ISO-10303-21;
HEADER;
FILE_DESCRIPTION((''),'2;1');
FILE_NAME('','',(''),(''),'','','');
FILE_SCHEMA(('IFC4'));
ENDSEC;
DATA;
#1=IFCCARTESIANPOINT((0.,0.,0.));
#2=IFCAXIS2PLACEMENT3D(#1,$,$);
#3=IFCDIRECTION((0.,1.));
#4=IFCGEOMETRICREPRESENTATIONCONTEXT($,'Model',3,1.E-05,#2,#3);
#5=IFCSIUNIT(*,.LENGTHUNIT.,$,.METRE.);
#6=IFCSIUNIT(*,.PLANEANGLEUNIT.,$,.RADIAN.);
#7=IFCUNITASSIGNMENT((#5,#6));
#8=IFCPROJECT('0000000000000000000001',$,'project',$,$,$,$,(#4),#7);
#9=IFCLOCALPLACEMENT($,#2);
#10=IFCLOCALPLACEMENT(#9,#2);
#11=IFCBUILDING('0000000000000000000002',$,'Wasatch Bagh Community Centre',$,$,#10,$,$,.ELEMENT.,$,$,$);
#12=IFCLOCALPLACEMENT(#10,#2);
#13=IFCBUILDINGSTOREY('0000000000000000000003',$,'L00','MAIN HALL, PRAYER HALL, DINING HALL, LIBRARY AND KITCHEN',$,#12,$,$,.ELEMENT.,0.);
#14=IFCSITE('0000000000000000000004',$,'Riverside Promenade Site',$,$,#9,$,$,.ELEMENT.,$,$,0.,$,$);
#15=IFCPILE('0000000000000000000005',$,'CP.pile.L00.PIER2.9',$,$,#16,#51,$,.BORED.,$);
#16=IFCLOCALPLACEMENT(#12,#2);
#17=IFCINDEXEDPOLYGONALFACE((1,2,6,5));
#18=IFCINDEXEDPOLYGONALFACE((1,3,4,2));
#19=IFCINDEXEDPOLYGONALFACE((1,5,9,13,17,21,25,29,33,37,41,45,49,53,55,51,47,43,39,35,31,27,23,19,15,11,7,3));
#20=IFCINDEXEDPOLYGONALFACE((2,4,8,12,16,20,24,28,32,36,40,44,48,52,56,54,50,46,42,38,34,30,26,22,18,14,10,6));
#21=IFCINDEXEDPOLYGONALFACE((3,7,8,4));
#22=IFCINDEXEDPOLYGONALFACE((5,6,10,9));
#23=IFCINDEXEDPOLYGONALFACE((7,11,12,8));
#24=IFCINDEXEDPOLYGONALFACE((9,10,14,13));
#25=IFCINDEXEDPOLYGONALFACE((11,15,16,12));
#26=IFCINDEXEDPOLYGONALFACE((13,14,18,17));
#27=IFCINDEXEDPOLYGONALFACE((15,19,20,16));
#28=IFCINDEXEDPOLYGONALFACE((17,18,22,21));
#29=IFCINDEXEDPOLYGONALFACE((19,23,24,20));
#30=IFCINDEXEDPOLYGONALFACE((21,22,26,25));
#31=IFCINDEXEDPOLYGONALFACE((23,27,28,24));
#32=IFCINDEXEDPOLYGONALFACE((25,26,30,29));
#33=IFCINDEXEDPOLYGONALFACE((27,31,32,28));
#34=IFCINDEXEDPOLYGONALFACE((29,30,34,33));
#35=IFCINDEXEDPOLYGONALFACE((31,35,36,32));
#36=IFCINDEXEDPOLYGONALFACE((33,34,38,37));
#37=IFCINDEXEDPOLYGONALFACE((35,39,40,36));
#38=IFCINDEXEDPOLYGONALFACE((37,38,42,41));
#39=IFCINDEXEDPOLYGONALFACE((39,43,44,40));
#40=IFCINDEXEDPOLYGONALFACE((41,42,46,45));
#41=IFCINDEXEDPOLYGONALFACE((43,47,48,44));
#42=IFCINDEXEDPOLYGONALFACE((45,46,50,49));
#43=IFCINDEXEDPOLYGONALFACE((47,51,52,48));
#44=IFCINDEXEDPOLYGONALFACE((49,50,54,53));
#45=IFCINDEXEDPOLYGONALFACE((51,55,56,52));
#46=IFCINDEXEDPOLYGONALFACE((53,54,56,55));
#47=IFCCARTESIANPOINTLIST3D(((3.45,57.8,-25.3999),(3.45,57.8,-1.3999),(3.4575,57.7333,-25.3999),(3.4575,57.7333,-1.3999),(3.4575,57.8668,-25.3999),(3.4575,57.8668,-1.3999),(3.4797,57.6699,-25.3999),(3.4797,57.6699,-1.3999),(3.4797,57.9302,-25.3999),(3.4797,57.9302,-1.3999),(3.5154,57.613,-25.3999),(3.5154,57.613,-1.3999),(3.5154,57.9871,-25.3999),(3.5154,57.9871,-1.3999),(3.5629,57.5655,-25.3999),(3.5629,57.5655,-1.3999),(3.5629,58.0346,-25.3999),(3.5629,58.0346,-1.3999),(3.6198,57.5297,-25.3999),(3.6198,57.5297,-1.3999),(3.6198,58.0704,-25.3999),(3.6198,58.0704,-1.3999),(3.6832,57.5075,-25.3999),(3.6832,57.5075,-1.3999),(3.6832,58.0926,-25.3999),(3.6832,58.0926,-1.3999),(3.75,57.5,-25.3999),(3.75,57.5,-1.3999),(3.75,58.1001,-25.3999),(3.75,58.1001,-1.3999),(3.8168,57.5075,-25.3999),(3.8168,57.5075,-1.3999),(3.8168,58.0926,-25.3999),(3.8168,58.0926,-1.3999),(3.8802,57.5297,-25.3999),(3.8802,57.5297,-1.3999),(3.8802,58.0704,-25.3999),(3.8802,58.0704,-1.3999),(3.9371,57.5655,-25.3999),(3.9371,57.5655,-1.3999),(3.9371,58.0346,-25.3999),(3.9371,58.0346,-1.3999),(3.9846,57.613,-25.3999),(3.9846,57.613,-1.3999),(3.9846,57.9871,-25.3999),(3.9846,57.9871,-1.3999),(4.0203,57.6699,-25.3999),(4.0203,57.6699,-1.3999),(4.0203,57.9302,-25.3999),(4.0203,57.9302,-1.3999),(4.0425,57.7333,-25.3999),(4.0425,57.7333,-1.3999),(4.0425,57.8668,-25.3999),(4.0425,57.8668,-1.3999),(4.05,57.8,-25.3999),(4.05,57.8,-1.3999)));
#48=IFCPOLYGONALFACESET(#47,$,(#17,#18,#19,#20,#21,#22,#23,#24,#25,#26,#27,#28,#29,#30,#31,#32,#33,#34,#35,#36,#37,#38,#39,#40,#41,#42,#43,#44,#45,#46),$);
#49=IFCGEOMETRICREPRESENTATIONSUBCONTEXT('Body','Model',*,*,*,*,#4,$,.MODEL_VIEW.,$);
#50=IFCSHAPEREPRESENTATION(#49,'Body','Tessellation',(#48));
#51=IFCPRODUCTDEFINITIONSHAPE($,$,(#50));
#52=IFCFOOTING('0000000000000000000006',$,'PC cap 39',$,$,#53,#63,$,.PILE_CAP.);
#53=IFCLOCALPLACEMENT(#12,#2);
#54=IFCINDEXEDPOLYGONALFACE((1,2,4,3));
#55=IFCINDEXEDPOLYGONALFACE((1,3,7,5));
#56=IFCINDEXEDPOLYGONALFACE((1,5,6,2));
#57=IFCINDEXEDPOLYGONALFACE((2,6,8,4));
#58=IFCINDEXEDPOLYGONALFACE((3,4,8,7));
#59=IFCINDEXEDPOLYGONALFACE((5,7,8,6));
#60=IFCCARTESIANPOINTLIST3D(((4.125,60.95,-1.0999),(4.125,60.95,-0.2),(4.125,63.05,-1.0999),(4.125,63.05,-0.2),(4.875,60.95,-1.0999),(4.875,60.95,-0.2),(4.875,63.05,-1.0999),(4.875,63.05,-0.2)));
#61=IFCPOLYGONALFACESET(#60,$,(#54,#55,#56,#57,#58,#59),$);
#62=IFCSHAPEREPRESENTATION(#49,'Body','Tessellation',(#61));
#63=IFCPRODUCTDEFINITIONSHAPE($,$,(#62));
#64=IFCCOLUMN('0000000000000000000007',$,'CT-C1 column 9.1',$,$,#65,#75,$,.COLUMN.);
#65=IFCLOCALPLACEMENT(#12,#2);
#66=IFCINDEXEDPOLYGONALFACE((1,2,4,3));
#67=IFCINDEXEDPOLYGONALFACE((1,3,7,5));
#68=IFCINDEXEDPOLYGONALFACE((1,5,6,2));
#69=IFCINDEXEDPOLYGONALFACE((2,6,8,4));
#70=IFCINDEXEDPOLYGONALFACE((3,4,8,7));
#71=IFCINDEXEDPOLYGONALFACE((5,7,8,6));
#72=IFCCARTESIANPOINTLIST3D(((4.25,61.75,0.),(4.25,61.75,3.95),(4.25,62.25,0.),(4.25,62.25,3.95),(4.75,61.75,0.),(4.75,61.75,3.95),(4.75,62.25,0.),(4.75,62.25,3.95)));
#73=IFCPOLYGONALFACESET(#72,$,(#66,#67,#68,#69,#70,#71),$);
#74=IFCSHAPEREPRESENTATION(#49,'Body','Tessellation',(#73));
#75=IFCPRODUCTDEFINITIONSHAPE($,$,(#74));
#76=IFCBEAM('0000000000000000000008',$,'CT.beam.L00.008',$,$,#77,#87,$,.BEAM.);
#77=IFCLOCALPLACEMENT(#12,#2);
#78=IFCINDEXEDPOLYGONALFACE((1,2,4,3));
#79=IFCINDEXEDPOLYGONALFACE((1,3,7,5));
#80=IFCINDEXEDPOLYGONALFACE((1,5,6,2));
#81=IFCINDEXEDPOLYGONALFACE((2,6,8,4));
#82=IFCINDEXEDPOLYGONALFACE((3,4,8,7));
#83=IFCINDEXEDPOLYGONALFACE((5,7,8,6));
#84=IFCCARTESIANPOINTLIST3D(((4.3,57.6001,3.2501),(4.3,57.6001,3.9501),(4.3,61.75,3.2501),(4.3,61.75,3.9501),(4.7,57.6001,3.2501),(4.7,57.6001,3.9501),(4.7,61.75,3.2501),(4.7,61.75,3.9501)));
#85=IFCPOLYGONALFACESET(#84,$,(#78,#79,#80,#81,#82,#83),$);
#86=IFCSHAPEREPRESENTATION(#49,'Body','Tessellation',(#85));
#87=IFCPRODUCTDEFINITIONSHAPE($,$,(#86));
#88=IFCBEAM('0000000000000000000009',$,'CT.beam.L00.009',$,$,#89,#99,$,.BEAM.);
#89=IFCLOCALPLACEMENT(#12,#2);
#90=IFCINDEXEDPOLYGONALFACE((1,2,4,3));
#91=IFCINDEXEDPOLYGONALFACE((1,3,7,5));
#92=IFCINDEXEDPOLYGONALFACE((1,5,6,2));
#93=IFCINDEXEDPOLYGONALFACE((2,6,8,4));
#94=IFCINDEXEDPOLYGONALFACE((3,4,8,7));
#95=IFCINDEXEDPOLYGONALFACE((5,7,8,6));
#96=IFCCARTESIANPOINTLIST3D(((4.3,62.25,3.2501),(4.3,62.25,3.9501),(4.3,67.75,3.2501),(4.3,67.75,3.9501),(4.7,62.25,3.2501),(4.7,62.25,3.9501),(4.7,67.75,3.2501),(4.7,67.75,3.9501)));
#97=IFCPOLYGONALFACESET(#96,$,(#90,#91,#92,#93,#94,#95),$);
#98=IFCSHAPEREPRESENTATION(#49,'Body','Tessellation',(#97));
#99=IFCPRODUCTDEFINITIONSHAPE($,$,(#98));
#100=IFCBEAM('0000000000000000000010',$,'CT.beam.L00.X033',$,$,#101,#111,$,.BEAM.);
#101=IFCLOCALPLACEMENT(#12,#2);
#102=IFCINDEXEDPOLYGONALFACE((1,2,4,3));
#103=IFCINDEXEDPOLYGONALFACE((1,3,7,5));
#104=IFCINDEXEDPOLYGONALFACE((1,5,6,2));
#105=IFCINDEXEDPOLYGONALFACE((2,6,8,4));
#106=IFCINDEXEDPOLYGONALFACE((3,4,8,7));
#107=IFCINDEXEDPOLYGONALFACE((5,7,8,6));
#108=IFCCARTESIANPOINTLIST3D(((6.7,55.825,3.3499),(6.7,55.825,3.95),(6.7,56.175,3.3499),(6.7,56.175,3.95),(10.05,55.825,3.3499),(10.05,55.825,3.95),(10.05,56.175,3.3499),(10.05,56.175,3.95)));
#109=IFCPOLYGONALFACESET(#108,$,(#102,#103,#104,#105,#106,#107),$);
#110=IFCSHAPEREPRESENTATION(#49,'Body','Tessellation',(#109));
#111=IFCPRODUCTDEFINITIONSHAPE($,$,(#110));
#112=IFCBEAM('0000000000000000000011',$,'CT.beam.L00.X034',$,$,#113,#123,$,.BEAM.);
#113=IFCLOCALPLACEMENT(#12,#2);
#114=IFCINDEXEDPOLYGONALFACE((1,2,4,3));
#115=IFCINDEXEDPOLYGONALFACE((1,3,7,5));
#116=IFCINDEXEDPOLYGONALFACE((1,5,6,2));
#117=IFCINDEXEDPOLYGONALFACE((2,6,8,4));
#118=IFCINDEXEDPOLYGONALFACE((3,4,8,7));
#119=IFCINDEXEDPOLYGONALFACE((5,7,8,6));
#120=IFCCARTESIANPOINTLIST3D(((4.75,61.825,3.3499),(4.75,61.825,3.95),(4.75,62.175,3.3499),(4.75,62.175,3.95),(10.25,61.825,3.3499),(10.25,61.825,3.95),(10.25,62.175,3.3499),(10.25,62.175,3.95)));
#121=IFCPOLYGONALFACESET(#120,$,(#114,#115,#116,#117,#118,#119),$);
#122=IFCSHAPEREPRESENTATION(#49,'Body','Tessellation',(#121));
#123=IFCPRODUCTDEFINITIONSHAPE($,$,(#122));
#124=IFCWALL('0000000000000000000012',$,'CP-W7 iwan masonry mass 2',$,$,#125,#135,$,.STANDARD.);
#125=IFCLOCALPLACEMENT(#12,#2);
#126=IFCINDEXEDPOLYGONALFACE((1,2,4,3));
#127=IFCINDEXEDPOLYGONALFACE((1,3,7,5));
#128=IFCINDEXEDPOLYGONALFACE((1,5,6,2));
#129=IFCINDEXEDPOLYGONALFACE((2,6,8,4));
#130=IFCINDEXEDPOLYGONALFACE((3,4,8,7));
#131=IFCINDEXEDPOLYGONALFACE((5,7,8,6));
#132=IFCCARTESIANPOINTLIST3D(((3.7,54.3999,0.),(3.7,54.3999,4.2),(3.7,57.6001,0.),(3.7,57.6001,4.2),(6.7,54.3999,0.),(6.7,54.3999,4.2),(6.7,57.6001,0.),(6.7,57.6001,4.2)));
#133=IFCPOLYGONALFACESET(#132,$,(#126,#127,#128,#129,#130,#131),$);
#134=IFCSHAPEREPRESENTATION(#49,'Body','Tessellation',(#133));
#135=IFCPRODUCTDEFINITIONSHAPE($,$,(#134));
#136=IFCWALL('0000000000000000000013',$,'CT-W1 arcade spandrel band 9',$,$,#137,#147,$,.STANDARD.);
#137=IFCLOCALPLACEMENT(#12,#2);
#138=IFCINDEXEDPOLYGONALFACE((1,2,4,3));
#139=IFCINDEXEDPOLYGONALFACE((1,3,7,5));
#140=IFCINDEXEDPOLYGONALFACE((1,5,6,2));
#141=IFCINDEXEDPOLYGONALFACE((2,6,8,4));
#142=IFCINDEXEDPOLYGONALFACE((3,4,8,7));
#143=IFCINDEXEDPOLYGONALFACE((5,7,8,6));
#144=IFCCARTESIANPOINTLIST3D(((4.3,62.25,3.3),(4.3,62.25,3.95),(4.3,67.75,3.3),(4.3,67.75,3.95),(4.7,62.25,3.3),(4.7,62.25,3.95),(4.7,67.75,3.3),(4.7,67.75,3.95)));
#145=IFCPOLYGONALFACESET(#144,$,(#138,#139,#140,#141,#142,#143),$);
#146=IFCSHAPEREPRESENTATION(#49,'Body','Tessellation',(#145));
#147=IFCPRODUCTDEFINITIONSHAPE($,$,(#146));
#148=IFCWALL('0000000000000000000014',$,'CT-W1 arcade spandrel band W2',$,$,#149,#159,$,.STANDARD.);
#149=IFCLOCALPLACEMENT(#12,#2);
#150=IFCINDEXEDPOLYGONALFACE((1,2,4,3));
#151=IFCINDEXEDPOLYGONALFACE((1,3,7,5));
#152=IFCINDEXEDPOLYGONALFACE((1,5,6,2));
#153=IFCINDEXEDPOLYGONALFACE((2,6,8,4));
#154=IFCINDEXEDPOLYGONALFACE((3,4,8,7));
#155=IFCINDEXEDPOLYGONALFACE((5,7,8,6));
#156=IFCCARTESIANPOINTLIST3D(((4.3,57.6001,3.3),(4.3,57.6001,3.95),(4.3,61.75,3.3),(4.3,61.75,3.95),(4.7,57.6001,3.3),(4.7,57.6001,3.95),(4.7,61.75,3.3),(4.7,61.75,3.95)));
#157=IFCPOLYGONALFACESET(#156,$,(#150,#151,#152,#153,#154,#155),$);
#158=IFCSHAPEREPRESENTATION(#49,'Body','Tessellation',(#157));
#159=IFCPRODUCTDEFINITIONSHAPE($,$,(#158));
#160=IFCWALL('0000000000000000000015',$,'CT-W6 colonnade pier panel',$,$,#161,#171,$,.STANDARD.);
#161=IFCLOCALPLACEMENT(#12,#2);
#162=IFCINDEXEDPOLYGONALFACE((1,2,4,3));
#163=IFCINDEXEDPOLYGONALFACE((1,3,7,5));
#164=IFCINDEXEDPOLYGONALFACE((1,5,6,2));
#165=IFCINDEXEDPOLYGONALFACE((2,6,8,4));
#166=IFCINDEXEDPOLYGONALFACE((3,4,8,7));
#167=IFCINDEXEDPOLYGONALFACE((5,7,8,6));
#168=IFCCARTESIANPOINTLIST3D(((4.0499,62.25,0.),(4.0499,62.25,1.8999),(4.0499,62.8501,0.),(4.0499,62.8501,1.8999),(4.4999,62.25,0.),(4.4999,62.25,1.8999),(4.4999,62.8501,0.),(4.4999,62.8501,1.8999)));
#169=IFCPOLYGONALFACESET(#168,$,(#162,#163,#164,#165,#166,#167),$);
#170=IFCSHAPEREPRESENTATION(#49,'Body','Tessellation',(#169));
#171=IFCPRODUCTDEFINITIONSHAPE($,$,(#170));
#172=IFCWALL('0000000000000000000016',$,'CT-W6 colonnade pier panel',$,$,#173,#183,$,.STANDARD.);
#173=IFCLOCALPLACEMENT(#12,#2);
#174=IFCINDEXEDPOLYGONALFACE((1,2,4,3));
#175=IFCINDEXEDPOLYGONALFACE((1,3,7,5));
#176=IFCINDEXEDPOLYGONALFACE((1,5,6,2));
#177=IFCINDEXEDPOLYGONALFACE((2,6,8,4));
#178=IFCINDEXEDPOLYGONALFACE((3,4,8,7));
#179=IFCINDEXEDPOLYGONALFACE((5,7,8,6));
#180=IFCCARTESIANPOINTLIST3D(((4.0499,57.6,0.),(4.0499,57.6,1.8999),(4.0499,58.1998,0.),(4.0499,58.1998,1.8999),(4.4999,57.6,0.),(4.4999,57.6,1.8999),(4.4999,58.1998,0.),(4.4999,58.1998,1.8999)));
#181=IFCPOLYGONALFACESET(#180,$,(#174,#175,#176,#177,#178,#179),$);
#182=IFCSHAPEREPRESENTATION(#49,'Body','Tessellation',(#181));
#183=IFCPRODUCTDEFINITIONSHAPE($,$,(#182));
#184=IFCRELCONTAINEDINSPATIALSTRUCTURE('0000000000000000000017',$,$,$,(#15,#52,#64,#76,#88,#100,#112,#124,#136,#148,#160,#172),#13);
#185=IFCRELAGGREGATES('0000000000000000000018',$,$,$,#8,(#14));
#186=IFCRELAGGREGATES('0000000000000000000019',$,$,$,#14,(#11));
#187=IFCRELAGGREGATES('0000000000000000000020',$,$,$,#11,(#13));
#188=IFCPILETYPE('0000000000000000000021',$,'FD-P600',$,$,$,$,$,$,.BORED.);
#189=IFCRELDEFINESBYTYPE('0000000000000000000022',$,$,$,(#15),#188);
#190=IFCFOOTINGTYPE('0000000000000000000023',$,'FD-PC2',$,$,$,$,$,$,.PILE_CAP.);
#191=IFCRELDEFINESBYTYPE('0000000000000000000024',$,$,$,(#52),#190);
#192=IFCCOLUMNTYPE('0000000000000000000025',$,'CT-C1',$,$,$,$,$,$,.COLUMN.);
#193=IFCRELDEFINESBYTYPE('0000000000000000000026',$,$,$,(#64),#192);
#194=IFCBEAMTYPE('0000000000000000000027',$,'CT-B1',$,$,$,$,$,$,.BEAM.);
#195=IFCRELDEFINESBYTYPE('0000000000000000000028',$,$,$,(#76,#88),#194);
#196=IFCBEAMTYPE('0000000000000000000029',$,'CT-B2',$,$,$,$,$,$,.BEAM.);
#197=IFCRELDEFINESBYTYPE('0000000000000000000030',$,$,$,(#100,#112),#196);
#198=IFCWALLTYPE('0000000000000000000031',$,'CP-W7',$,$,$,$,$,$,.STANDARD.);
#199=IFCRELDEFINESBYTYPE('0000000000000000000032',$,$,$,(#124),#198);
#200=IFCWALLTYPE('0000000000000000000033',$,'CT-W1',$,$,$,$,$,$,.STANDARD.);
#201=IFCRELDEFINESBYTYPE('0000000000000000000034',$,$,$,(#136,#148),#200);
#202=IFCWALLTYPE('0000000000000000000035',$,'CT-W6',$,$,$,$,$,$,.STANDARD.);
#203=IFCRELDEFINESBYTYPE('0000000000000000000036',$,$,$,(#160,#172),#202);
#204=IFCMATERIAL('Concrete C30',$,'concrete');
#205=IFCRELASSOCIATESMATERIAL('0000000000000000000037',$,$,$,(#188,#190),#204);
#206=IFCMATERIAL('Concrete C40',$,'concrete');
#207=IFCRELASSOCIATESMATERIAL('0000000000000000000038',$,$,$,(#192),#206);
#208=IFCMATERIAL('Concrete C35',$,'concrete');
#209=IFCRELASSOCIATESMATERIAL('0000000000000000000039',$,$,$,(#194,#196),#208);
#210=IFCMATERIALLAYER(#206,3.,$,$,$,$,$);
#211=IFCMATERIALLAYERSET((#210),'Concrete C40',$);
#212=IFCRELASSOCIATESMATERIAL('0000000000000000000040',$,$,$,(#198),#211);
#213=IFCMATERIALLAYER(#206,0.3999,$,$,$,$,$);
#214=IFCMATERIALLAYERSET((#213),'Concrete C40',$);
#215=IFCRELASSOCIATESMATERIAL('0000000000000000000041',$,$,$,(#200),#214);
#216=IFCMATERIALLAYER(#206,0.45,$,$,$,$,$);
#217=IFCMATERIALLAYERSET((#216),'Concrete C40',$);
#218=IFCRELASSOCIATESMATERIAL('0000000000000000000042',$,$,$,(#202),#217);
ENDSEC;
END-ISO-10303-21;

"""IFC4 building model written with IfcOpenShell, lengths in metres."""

from ifc_helpers import new_model, si_unit, direction, frame, frame_2d, origin, origin_2d, place, context, subcontext, project, spatial, rectangle, circle, extrude, material, layer, layer_set, material_profile, profile_set, type_object, element, save


model = new_model("IFC4")

# Units and contexts
model_context = context("Model", 3, precision=1e-05, world=origin(), true_north=direction((0.0, 1.0)))
body_context = subcontext(model_context, "Body", "Model", "MODEL_VIEW")
ifc_project = project(units=[si_unit("LENGTHUNIT", "METRE"), si_unit("PLANEANGLEUNIT", "RADIAN")], contexts=[model_context])

# Site, building, storey
site_placement = place(None, origin())
site = spatial("IfcSite", under=ifc_project, at=site_placement, Name="Riverside Promenade Site", CompositionType="ELEMENT", RefElevation=0.0)
building_placement = place(site_placement, origin())
building = spatial("IfcBuilding", under=site, at=building_placement, Name="Wasatch Bagh Community Centre", CompositionType="ELEMENT")
storey_placement = place(building_placement, origin())
storey = spatial("IfcBuildingStorey", under=building, at=storey_placement, Name="L00", Description="MAIN HALL, PRAYER HALL, DINING HALL, LIBRARY AND KITCHEN", CompositionType="ELEMENT", Elevation=0.0)

# Shared definitions
ifc_material_1 = material(Name="Concrete C30", Category="concrete")

# Pile
ifc_material_profile_1 = material_profile(ifc_material_1, circle(Radius=0.3, at=origin_2d()), Name="RC D600")
ifc_profile_set_1 = profile_set([ifc_material_profile_1], Name="Concrete C30")
pile_type_1 = type_object("IfcPileType", Name="FD-P600", PredefinedType="BORED", material=ifc_profile_set_1)
for number, where, z_axis, x_axis, name in (
    (1, (3.75, 57.8, -1.3999), (0.0, 0.0, -1.0), (1.0, 0.0, 0.0), "CP.pile.L00.PIER2.9"),
):
    element("IfcPile", number, at=place(storey_placement, frame(where, z_axis=z_axis, x_axis=x_axis)), inside=storey, type_object=pile_type_1, Name=name, PredefinedType="BORED", context=body_context, shape_type="SweptSolid", body=[
        extrude(circle(Radius=0.3, at=origin_2d()), origin(), (0.0, 0.0, 1.0), 24.0),
    ])

# Footing
footing_type_1 = type_object("IfcFootingType", Name="FD-PC2", PredefinedType="PILE_CAP", material=ifc_material_1)
footing_1_placement = place(storey_placement, frame((4.5, 62.0, -1.0999), z_axis=(0.0, 0.0, 1.0), x_axis=(0.0, 1.0, 0.0)))
element("IfcFooting", 2, at=footing_1_placement, inside=storey, type_object=footing_type_1, Name="PC cap 39", PredefinedType="PILE_CAP", context=body_context, shape_type="SweptSolid", body=[
    extrude(rectangle(XDim=2.1001, YDim=0.75, at=origin_2d()), origin(), (0.0, 0.0, 1.0), 0.8999),
])

# Column
ifc_material_2 = material(Name="Concrete C40", Category="concrete")
ifc_material_profile_2 = material_profile(ifc_material_2, rectangle(XDim=0.5, YDim=0.5, at=origin_2d()), Name="RC 500x500")
ifc_profile_set_2 = profile_set([ifc_material_profile_2], Name="Concrete C40")
column_type = type_object("IfcColumnType", Name="CT-C1", PredefinedType="COLUMN", material=ifc_profile_set_2)
column_placement = place(storey_placement, frame((4.5, 62.0, 0.0), z_axis=(0.0, 0.0, 1.0), x_axis=(1.0, 0.0, 0.0)))
element("IfcColumn", 3, at=column_placement, inside=storey, type_object=column_type, Name="CT-C1 column 9.1", PredefinedType="COLUMN", context=body_context, shape_type="SweptSolid", body=[
    extrude(rectangle(XDim=0.5, YDim=0.5, at=origin_2d()), origin(), (0.0, 0.0, 1.0), 3.95),
])

# Beams
ifc_material_3 = material(Name="Concrete C35", Category="concrete")
ifc_material_profile_3 = material_profile(ifc_material_3, rectangle(XDim=0.3999, YDim=0.7, at=origin_2d()), Name="RC 400x700")
ifc_profile_set_3 = profile_set([ifc_material_profile_3], Name="Concrete C35")
beam_type_1 = type_object("IfcBeamType", Name="CT-B1", PredefinedType="BEAM", material=ifc_profile_set_3)
beam_1_placement = place(storey_placement, frame((4.5, 57.6001, 3.6001), z_axis=(0.0, 1.0, 0.0), x_axis=(-1.0, 0.0, 0.0)))
element("IfcBeam", 4, at=beam_1_placement, inside=storey, type_object=beam_type_1, Name="CT.beam.L00.008", PredefinedType="BEAM", context=body_context, shape_type="SweptSolid", body=[
    extrude(rectangle(XDim=0.3999, YDim=0.7, at=origin_2d()), origin(), (0.0, 0.0, 1.0), 4.1499),
])
beam_2_placement = place(storey_placement, frame((4.5, 62.25, 3.6001), z_axis=(0.0, 1.0, 0.0), x_axis=(-1.0, 0.0, 0.0)))
element("IfcBeam", 5, at=beam_2_placement, inside=storey, type_object=beam_type_1, Name="CT.beam.L00.009", PredefinedType="BEAM", context=body_context, shape_type="SweptSolid", body=[
    extrude(rectangle(XDim=0.3999, YDim=0.7, at=origin_2d()), origin(), (0.0, 0.0, 1.0), 5.5),
])
ifc_material_profile_4 = material_profile(ifc_material_3, rectangle(XDim=0.3501, YDim=0.6001, at=origin_2d()), Name="RC 350x600")
ifc_profile_set_4 = profile_set([ifc_material_profile_4], Name="Concrete C35")
beam_type_2 = type_object("IfcBeamType", Name="CT-B2", PredefinedType="BEAM", material=ifc_profile_set_4)
beam_3_placement = place(storey_placement, frame((6.7, 56.0, 3.6499), z_axis=(1.0, 0.0, 0.0), x_axis=(0.0, 1.0, 0.0)))
element("IfcBeam", 6, at=beam_3_placement, inside=storey, type_object=beam_type_2, Name="CT.beam.L00.X033", PredefinedType="BEAM", context=body_context, shape_type="SweptSolid", body=[
    extrude(rectangle(XDim=0.3501, YDim=0.6001, at=origin_2d()), origin(), (0.0, 0.0, 1.0), 3.3501),
])
beam_4_placement = place(storey_placement, frame((4.75, 62.0, 3.6499), z_axis=(1.0, 0.0, 0.0), x_axis=(0.0, 1.0, 0.0)))
element("IfcBeam", 7, at=beam_4_placement, inside=storey, type_object=beam_type_2, Name="CT.beam.L00.X034", PredefinedType="BEAM", context=body_context, shape_type="SweptSolid", body=[
    extrude(rectangle(XDim=0.3501, YDim=0.6001, at=origin_2d()), origin(), (0.0, 0.0, 1.0), 5.5),
])

# Walls
ifc_layer_1 = layer(ifc_material_2, 3.0)
ifc_layer_set_1 = layer_set([ifc_layer_1], Name="Concrete C40")
wall_type_1 = type_object("IfcWallType", Name="CP-W7", PredefinedType="STANDARD", material=ifc_layer_set_1)
wall_1_placement = place(storey_placement, frame((5.2, 54.3999, 0.0), z_axis=(0.0, 0.0, 1.0), x_axis=(0.0, 1.0, 0.0)))
element("IfcWall", 8, at=wall_1_placement, inside=storey, type_object=wall_type_1, Name="CP-W7 iwan masonry mass 2", PredefinedType="STANDARD", context=body_context, shape_type="SweptSolid", body=[
    extrude(rectangle(XDim=3.2002, YDim=3.0, at=frame_2d((1.6001, 0.0))), origin(), (0.0, 0.0, 1.0), 4.2),
])
ifc_layer_2 = layer(ifc_material_2, 0.3999)
ifc_layer_set_2 = layer_set([ifc_layer_2], Name="Concrete C40")
wall_type_2 = type_object("IfcWallType", Name="CT-W1", PredefinedType="STANDARD", material=ifc_layer_set_2)
wall_2_placement = place(storey_placement, frame((4.5, 62.25, 3.3), z_axis=(0.0, 0.0, 1.0), x_axis=(0.0, 1.0, 0.0)))
element("IfcWall", 9, at=wall_2_placement, inside=storey, type_object=wall_type_2, Name="CT-W1 arcade spandrel band 9", PredefinedType="STANDARD", context=body_context, shape_type="SweptSolid", body=[
    extrude(rectangle(XDim=5.5, YDim=0.3999, at=frame_2d((2.75, 0.0))), origin(), (0.0, 0.0, 1.0), 0.6499),
])
wall_3_placement = place(storey_placement, frame((4.5, 57.6001, 3.3), z_axis=(0.0, 0.0, 1.0), x_axis=(0.0, 1.0, 0.0)))
element("IfcWall", 10, at=wall_3_placement, inside=storey, type_object=wall_type_2, Name="CT-W1 arcade spandrel band W2", PredefinedType="STANDARD", context=body_context, shape_type="SweptSolid", body=[
    extrude(rectangle(XDim=4.1499, YDim=0.3999, at=frame_2d((2.075, 0.0))), origin(), (0.0, 0.0, 1.0), 0.6499),
])
ifc_layer_3 = layer(ifc_material_2, 0.45)
ifc_layer_set_3 = layer_set([ifc_layer_3], Name="Concrete C40")
wall_type_3 = type_object("IfcWallType", Name="CT-W6", PredefinedType="STANDARD", material=ifc_layer_set_3)
wall_4_placement = place(storey_placement, frame((4.2749, 62.25, 0.0), z_axis=(0.0, 0.0, 1.0), x_axis=(0.0, 1.0, 0.0)))
element("IfcWall", 11, at=wall_4_placement, inside=storey, type_object=wall_type_3, Name="CT-W6 colonnade pier panel", PredefinedType="STANDARD", context=body_context, shape_type="SweptSolid", body=[
    extrude(rectangle(XDim=0.6001, YDim=0.45, at=frame_2d((0.3, 0.0))), origin(), (0.0, 0.0, 1.0), 1.8999),
])
wall_5_placement = place(storey_placement, frame((4.2749, 57.6001, 0.0), z_axis=(0.0, 0.0, 1.0), x_axis=(0.0, 1.0, 0.0)))
element("IfcWall", 12, at=wall_5_placement, inside=storey, type_object=wall_type_3, Name="CT-W6 colonnade pier panel", PredefinedType="STANDARD", context=body_context, shape_type="SweptSolid", body=[
    extrude(rectangle(XDim=0.5999, YDim=0.45, at=frame_2d((0.2998, 0.0))), origin(), (0.0, 0.0, 1.0), 1.8999),
])

save(model, "model.ifc")
